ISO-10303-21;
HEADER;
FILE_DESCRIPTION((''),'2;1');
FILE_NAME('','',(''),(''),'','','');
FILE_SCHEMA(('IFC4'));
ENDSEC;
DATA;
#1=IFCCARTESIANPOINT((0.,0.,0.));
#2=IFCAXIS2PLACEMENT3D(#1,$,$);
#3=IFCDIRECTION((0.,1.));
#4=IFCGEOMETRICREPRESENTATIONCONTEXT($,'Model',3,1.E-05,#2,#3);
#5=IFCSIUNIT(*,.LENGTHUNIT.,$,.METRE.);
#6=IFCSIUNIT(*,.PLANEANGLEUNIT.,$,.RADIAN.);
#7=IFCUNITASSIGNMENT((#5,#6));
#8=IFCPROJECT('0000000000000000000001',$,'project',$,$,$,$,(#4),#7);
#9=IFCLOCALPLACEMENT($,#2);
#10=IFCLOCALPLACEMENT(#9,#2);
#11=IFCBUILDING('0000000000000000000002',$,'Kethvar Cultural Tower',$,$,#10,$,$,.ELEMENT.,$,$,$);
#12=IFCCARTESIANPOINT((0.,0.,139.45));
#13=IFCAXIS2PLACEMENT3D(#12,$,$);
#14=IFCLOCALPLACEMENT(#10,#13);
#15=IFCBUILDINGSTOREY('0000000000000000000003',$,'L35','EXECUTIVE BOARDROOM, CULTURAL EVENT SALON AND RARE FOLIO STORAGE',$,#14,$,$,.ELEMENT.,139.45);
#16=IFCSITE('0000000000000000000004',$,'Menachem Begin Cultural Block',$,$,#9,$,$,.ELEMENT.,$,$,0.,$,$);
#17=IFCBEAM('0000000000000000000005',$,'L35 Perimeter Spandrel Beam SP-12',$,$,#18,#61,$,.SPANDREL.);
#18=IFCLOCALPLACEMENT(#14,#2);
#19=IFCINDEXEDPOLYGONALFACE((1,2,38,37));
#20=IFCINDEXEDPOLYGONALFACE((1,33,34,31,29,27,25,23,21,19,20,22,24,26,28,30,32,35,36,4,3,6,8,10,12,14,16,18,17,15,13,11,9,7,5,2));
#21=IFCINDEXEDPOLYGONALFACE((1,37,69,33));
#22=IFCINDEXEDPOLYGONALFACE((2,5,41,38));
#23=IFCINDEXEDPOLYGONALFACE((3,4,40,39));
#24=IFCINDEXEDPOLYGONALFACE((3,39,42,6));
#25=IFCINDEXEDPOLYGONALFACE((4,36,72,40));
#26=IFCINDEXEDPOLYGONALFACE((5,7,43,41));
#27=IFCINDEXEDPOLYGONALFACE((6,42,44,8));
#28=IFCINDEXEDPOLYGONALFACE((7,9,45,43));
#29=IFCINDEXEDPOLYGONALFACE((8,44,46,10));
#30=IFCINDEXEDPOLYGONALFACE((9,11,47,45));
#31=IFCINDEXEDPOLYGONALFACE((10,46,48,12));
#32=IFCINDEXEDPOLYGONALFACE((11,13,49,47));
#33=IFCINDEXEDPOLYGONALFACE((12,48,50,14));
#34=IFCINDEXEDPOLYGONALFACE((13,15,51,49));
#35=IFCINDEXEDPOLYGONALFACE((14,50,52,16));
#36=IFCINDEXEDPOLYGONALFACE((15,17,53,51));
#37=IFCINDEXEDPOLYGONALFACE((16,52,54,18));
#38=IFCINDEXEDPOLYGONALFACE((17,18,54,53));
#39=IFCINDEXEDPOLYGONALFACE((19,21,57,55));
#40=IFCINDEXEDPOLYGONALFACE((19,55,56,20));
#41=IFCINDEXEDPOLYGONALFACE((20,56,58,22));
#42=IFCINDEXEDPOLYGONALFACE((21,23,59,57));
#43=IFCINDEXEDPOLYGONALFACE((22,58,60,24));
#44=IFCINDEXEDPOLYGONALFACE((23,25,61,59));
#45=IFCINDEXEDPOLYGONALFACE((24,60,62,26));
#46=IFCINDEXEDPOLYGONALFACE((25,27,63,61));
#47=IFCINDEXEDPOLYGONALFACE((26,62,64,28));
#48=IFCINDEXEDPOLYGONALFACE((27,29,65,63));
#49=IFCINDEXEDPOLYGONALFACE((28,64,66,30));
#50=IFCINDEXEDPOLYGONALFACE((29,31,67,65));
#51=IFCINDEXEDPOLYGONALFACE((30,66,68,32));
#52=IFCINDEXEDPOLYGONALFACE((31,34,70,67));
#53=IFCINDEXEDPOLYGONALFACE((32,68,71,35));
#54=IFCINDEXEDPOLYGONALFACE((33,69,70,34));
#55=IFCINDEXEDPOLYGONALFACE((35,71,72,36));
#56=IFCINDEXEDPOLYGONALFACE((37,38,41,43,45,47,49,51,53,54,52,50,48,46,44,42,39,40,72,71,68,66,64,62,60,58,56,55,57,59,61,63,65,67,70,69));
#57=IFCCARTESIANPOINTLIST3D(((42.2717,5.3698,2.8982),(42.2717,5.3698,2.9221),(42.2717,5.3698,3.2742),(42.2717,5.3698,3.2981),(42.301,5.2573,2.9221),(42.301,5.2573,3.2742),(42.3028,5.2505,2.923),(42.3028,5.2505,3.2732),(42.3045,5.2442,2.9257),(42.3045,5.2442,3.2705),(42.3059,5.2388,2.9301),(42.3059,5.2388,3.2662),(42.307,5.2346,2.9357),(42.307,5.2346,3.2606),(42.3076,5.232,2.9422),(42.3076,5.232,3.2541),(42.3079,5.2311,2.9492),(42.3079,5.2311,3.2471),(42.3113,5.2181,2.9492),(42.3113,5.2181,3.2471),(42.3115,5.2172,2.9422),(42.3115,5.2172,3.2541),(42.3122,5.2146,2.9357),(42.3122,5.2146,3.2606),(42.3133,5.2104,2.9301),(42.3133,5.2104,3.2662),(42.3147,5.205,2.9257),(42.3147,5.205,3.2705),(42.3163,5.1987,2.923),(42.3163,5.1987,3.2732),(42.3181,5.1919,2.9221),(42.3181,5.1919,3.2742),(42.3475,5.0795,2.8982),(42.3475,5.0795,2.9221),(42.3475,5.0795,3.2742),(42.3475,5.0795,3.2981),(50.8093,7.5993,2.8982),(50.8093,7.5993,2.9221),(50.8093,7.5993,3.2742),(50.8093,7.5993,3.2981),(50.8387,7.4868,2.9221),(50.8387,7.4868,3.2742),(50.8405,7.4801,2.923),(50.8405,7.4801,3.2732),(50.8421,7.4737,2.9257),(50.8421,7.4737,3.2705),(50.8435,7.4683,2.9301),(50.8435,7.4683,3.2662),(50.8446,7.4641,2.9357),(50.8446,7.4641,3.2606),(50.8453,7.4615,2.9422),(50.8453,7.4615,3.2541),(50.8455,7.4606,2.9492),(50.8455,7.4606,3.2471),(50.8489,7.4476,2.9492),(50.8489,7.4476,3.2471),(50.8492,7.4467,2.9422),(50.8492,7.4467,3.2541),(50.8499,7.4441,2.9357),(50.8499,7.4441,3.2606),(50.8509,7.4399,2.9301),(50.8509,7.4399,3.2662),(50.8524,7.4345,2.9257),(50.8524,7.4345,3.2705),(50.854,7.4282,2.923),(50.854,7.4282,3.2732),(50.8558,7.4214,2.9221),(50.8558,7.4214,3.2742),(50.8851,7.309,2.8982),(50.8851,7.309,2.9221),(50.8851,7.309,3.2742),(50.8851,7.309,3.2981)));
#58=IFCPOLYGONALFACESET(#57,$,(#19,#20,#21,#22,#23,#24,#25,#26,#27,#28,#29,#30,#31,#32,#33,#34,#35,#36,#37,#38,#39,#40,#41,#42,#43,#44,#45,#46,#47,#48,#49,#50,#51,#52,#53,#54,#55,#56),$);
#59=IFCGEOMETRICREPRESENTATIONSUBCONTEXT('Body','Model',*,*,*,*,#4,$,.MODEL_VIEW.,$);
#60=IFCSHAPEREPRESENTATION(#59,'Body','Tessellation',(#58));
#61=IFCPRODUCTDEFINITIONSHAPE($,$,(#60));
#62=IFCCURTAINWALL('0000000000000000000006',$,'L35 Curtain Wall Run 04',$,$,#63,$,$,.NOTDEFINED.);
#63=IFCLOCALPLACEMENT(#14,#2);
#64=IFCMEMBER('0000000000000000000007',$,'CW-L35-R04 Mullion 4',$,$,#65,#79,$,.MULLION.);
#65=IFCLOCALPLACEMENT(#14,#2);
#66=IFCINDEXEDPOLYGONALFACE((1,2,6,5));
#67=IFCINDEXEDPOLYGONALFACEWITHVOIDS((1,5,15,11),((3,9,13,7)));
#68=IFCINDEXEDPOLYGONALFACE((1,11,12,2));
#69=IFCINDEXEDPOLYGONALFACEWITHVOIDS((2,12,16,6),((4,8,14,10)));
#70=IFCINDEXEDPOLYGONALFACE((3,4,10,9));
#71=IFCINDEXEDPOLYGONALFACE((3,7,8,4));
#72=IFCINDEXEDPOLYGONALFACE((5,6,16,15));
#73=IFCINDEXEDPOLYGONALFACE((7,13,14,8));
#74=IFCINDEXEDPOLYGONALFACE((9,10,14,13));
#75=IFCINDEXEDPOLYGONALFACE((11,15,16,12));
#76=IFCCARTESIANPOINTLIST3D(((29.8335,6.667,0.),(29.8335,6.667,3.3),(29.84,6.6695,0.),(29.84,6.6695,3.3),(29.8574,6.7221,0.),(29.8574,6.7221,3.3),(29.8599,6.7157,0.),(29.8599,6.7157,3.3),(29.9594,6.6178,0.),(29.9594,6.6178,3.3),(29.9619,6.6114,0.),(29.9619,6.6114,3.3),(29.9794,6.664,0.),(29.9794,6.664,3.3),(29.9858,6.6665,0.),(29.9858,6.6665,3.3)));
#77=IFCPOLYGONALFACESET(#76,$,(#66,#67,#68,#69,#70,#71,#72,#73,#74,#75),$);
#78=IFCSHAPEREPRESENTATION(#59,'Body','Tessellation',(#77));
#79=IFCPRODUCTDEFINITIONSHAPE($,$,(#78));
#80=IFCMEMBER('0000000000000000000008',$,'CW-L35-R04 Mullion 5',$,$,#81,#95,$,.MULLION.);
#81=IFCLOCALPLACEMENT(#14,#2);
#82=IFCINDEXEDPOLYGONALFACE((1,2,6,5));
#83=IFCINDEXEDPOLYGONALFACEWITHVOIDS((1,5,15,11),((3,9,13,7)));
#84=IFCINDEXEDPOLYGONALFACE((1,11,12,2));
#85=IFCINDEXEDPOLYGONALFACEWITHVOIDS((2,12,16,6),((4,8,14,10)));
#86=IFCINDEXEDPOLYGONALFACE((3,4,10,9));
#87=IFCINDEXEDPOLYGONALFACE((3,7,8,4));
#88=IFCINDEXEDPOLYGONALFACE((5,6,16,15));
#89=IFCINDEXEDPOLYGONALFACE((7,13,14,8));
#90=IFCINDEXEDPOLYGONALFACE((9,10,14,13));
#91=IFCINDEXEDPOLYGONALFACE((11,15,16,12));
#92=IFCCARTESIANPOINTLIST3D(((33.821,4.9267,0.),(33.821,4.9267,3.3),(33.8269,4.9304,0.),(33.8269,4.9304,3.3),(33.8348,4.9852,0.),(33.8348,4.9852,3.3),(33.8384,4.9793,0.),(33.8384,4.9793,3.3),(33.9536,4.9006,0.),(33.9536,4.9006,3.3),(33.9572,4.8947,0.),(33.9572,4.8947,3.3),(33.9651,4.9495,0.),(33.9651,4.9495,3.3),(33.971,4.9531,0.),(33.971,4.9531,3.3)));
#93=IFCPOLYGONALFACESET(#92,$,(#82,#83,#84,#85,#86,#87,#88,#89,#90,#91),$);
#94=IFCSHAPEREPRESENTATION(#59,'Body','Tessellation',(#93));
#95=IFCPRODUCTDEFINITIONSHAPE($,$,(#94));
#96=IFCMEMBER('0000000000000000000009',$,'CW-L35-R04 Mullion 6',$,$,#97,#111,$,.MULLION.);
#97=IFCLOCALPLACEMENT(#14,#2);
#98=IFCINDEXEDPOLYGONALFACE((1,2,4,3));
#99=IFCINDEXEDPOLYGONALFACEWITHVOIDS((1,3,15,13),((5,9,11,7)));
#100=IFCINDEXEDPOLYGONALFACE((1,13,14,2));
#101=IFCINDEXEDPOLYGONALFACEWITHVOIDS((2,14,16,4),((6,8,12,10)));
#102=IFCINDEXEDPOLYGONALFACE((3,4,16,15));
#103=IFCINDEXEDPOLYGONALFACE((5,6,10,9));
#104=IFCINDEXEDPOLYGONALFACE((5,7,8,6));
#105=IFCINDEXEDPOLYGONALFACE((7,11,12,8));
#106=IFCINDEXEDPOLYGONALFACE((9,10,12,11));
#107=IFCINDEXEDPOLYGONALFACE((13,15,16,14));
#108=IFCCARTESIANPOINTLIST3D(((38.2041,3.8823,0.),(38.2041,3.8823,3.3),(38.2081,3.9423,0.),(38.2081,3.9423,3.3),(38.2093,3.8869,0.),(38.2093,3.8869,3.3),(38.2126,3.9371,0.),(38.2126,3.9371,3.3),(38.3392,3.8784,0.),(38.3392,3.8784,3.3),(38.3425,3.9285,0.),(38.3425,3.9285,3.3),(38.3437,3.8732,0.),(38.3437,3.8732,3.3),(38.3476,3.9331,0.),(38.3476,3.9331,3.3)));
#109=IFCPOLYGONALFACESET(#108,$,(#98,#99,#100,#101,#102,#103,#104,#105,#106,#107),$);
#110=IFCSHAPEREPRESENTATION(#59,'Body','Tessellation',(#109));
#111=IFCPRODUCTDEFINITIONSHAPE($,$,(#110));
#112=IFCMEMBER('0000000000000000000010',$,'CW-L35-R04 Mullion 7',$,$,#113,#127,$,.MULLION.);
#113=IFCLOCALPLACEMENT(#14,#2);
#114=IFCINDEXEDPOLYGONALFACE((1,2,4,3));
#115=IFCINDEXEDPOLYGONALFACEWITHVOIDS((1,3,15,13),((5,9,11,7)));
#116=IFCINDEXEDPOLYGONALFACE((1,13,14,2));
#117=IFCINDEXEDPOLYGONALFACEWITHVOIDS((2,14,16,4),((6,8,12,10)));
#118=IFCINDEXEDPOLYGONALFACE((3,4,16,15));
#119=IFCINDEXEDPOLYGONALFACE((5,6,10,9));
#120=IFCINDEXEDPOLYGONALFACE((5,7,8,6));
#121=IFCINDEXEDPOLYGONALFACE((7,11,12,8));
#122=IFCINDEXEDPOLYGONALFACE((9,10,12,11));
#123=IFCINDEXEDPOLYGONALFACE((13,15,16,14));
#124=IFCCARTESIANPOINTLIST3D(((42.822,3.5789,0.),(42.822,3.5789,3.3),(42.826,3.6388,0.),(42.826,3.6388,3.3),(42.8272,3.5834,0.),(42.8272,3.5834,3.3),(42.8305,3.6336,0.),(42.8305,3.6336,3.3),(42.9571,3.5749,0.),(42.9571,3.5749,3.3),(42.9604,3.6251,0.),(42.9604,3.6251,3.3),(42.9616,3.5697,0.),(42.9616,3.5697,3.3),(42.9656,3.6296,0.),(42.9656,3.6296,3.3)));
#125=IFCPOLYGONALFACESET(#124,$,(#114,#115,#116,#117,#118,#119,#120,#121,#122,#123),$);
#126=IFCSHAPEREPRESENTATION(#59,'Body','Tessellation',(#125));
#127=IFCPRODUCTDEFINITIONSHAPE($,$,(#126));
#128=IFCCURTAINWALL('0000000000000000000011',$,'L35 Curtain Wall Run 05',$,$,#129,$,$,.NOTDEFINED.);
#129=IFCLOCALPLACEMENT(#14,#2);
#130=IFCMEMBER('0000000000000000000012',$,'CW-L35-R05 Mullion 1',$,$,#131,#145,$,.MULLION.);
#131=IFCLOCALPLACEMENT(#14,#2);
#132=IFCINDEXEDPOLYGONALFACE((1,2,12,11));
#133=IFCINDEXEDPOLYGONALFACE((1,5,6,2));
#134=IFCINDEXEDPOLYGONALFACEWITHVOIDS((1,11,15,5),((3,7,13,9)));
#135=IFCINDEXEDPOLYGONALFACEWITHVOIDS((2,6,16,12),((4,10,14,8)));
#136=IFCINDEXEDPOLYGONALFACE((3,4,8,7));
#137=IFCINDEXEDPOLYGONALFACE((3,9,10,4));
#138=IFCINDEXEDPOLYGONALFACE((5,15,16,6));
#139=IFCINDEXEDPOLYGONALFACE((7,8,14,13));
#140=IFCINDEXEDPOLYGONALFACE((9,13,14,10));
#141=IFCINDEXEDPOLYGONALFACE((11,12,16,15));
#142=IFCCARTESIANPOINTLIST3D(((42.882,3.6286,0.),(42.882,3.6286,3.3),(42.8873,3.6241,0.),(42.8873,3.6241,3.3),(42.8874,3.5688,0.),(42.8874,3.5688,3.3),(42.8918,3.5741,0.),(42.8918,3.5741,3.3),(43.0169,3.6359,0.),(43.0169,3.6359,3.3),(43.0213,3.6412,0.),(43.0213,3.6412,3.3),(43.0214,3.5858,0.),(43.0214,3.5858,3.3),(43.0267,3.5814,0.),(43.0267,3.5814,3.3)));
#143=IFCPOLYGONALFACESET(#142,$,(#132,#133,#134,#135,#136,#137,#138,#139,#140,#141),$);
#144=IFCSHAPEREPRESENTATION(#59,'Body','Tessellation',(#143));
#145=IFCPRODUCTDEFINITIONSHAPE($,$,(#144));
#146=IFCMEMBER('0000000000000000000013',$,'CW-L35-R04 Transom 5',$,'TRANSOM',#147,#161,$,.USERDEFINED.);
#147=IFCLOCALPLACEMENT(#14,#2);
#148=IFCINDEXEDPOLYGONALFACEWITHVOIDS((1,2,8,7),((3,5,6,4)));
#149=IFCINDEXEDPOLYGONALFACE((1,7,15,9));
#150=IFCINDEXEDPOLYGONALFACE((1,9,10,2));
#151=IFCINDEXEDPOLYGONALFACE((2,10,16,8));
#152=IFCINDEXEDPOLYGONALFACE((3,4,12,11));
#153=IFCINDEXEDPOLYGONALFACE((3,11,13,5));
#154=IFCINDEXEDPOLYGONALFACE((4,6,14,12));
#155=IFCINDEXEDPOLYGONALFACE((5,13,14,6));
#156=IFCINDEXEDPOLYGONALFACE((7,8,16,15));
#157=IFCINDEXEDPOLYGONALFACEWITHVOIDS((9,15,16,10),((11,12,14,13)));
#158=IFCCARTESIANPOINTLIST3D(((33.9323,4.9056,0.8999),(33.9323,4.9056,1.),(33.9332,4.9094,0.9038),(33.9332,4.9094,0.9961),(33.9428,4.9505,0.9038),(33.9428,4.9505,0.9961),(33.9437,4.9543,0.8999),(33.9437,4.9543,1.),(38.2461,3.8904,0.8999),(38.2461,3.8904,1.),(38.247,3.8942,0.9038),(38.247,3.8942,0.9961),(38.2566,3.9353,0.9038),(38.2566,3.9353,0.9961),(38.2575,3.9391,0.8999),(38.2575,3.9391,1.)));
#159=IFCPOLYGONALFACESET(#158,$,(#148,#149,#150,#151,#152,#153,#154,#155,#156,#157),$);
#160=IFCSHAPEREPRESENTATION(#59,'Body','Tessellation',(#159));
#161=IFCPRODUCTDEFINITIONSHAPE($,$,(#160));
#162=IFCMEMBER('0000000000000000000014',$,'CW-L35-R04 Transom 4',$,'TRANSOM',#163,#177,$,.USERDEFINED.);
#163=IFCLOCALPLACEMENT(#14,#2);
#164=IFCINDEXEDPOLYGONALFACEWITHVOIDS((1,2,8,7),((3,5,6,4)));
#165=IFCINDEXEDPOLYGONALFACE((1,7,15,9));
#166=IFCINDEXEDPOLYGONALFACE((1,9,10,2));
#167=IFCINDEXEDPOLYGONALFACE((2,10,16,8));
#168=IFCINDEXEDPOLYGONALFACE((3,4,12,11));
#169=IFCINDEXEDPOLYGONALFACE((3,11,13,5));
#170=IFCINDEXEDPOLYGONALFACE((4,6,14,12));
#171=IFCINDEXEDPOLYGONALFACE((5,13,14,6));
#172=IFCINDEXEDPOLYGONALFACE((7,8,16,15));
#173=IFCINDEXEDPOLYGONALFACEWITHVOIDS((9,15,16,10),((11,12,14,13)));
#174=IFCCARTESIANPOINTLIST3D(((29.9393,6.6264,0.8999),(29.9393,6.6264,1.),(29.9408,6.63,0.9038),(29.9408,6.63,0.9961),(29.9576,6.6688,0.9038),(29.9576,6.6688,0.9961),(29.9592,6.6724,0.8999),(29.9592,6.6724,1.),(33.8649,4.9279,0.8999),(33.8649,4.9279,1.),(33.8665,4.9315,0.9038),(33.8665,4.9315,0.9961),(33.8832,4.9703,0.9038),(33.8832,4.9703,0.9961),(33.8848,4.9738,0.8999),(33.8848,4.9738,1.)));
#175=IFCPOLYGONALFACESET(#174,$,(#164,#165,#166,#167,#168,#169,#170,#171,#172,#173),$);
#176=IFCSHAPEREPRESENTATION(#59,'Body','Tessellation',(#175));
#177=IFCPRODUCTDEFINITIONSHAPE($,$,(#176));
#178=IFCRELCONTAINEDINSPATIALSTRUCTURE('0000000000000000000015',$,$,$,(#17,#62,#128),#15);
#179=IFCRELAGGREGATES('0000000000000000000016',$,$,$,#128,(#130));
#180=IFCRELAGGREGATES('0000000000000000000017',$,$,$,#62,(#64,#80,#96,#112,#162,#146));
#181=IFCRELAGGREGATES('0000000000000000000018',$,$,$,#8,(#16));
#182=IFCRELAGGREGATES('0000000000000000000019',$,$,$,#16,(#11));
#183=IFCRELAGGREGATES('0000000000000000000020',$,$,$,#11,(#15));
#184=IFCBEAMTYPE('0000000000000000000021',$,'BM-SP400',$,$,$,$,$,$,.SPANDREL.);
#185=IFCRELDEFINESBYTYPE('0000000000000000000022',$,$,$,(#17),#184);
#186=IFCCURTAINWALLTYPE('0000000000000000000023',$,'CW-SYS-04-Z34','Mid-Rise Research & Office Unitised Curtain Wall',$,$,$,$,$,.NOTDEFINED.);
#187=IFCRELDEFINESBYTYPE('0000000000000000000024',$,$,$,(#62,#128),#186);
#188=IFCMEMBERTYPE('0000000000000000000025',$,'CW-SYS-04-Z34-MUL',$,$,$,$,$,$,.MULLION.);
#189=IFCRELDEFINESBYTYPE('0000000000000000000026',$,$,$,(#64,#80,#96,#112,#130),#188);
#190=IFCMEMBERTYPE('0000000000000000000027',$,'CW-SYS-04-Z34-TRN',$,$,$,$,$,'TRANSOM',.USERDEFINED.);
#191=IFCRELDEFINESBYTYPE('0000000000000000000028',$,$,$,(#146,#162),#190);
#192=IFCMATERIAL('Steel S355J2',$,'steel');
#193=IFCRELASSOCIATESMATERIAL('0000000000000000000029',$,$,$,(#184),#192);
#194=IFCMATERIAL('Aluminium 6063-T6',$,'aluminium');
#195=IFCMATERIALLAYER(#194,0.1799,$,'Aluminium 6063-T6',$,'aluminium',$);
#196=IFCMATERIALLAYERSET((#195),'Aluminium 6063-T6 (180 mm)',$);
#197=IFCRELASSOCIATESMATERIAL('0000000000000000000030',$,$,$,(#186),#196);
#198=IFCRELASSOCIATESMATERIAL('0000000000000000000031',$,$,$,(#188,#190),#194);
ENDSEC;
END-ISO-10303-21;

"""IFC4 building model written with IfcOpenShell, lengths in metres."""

from ifc_helpers import new_model, si_unit, direction, frame, origin, origin_2d, place, context, subcontext, project, spatial, hollow_rectangle, i_section, extrude, source, transform, mapped, material, layer, layer_set, material_profile, profile_set, type_object, element, aggregate, save


model = new_model("IFC4")

# Units and contexts
model_context = context("Model", 3, precision=1e-05, world=origin(), true_north=direction((0.0, 1.0)))
body_context = subcontext(model_context, "Body", "Model", "MODEL_VIEW")
ifc_project = project(units=[si_unit("LENGTHUNIT", "METRE"), si_unit("PLANEANGLEUNIT", "RADIAN")], contexts=[model_context])

# Site, building, storey
site_placement = place(None, origin())
site = spatial("IfcSite", under=ifc_project, at=site_placement, Name="Menachem Begin Cultural Block", CompositionType="ELEMENT", RefElevation=0.0)
building_placement = place(site_placement, origin())
building = spatial("IfcBuilding", under=site, at=building_placement, Name="Kethvar Cultural Tower", CompositionType="ELEMENT")
storey_placement = place(building_placement, frame((0.0, 0.0, 139.45)))
storey = spatial("IfcBuildingStorey", under=building, at=storey_placement, Name="L35", Description="EXECUTIVE BOARDROOM, CULTURAL EVENT SALON AND RARE FOLIO STORAGE", CompositionType="ELEMENT", Elevation=139.45)

# Beam
ifc_material_1 = material(Name="Steel S355J2", Category="steel")
ifc_material_profile_1 = material_profile(ifc_material_1, i_section(OverallWidth=0.3, OverallDepth=0.3999, WebThickness=0.0134, FlangeThickness=0.0239, FilletRadius=0.0271, at=origin_2d()), Name="Steel S355J2 — HEB400")
ifc_profile_set_1 = profile_set([ifc_material_profile_1], Name="Steel S355J2 — HEB400")
beam_type_1 = type_object("IfcBeamType", Name="BM-SP400", PredefinedType="SPANDREL", material=ifc_profile_set_1)
shared_shape_1 = source(origin(), body_context, "Body", "SweptSolid", [
    extrude(i_section(OverallWidth=0.3, OverallDepth=0.3999, WebThickness=0.0134, FlangeThickness=0.0239, FilletRadius=0.0271, at=origin_2d()), origin(), (0.0, 0.0, 1.0), 8.824),
])
beam_1_placement = place(storey_placement, frame((42.3096, 5.2246, 3.0981), z_axis=(0.967554, 0.252665, 0.0), x_axis=(-0.252665, 0.967554, 0.0)))
element("IfcBeam", 1, at=beam_1_placement, inside=storey, type_object=beam_type_1, Name="L35 Perimeter Spandrel Beam SP-12", PredefinedType="SPANDREL", context=body_context, shape_type="MappedRepresentation", body=[
    mapped(shared_shape_1, transform((0.0, 0.0, 0.0), scale=1.0)),
])

# Curtain wall, members
ifc_material_2 = material(Name="Aluminium 6063-T6", Category="aluminium")
ifc_layer_1 = layer(ifc_material_2, 0.1799, Name="Aluminium 6063-T6", Category="aluminium")
ifc_layer_set_1 = layer_set([ifc_layer_1], Name="Aluminium 6063-T6 (180 mm)")
curtain_wall_type = type_object("IfcCurtainWallType", Name="CW-SYS-04-Z34", Description="Mid-Rise Research & Office Unitised Curtain Wall", PredefinedType="NOTDEFINED", material=ifc_layer_set_1)
curtain_wall_1_placement = place(storey_placement, origin())
curtain_wall_1 = element("IfcCurtainWall", 2, at=curtain_wall_1_placement, inside=storey, type_object=curtain_wall_type, Name="L35 Curtain Wall Run 04", PredefinedType="NOTDEFINED")
ifc_material_profile_2 = material_profile(ifc_material_2, hollow_rectangle(XDim=0.0601, YDim=0.1399, WallThickness=0.0049, at=origin_2d()), Name="Aluminium 6063-T6 — RHS140x60x5")
ifc_profile_set_2 = profile_set([ifc_material_profile_2], Name="Aluminium 6063-T6 — RHS140x60x5")
member_type_1 = type_object("IfcMemberType", Name="CW-SYS-04-Z34-MUL", PredefinedType="MULLION", material=ifc_profile_set_2)
shared_shape_2 = source(origin(), body_context, "Body", "SweptSolid", [
    extrude(hollow_rectangle(XDim=0.0601, YDim=0.1399, WallThickness=0.0049, at=origin_2d()), origin(), (0.0, 0.0, 1.0), 3.3),
])
member_1_placement = place(storey_placement, frame((29.9097, 6.6667, 0.0), z_axis=(0.0, 0.0, 1.0), x_axis=(0.397116, 0.917768, 0.0)))
member_1 = element("IfcMember", 3, at=member_1_placement, type_object=member_type_1, Name="CW-L35-R04 Mullion 4", PredefinedType="MULLION", context=body_context, shape_type="MappedRepresentation", body=[
    mapped(shared_shape_2, transform((0.0, 0.0, 0.0), scale=1.0)),
])
member_2_placement = place(storey_placement, frame((33.896, 4.9399, 0.0), z_axis=(0.0, 0.0, 1.0), x_axis=(0.229081, 0.973407, 0.0)))
member_2 = element("IfcMember", 4, at=member_2_placement, type_object=member_type_1, Name="CW-L35-R04 Mullion 5", PredefinedType="MULLION", context=body_context, shape_type="MappedRepresentation", body=[
    mapped(shared_shape_2, transform((0.0, 0.0, 0.0), scale=1.0)),
])
member_3_placement = place(storey_placement, frame((38.2759, 3.9077, 0.0), z_axis=(0.0, 0.0, 1.0), x_axis=(0.065525, 0.997851, 0.0)))
member_3 = element("IfcMember", 5, at=member_3_placement, type_object=member_type_1, Name="CW-L35-R04 Mullion 6", PredefinedType="MULLION", context=body_context, shape_type="MappedRepresentation", body=[
    mapped(shared_shape_2, transform((0.0, 0.0, 0.0), scale=1.0)),
])
member_4_placement = place(storey_placement, frame((42.8938, 3.6042, 0.0), z_axis=(0.0, 0.0, 1.0), x_axis=(0.065525, 0.997851, 0.0)))
member_4 = element("IfcMember", 6, at=member_4_placement, type_object=member_type_1, Name="CW-L35-R04 Mullion 7", PredefinedType="MULLION", context=body_context, shape_type="MappedRepresentation", body=[
    mapped(shared_shape_2, transform((0.0, 0.0, 0.0), scale=1.0)),
])

# Curtain wall, member
curtain_wall_2_placement = place(storey_placement, origin())
curtain_wall_2 = element("IfcCurtainWall", 7, at=curtain_wall_2_placement, inside=storey, type_object=curtain_wall_type, Name="L35 Curtain Wall Run 05", PredefinedType="NOTDEFINED")
member_5_placement = place(storey_placement, frame((42.9543, 3.605, 0.0), z_axis=(0.0, 0.0, 1.0), x_axis=(-0.090302, 0.995914, 0.0)))
member_5 = element("IfcMember", 8, at=member_5_placement, type_object=member_type_1, Name="CW-L35-R05 Mullion 1", PredefinedType="MULLION", context=body_context, shape_type="MappedRepresentation", body=[
    mapped(shared_shape_2, transform((0.0, 0.0, 0.0), scale=1.0)),
])

# Members
ifc_material_profile_3 = material_profile(ifc_material_2, hollow_rectangle(XDim=0.05, YDim=0.1001, WallThickness=0.0039, at=origin_2d()), Name="Aluminium 6063-T6 — RHS100x50x4")
ifc_profile_set_3 = profile_set([ifc_material_profile_3], Name="Aluminium 6063-T6 — RHS100x50x4")
member_type_2 = type_object("IfcMemberType", Name="CW-SYS-04-Z34-TRN", ElementType="TRANSOM", PredefinedType="USERDEFINED", material=ifc_profile_set_3)
shared_shape_3 = source(origin(), body_context, "Body", "SweptSolid", [
    extrude(hollow_rectangle(XDim=0.05, YDim=0.1001, WallThickness=0.0039, at=origin_2d()), origin(), (0.0, 0.0, 1.0), 4.4316),
])
member_6_placement = place(storey_placement, frame((33.938, 4.9299, 0.95), z_axis=(0.97341, -0.22907, 0.0), x_axis=(0.22907, 0.97341, 0.0)))
member_6 = element("IfcMember", 9, at=member_6_placement, type_object=member_type_2, Name="CW-L35-R04 Transom 5", ObjectType="TRANSOM", PredefinedType="USERDEFINED", context=body_context, shape_type="MappedRepresentation", body=[
    mapped(shared_shape_3, transform((0.0, 0.0, 0.0), scale=1.0)),
])
shared_shape_4 = source(origin(), body_context, "Body", "SweptSolid", [
    extrude(hollow_rectangle(XDim=0.05, YDim=0.1001, WallThickness=0.0039, at=origin_2d()), origin(), (0.0, 0.0, 1.0), 4.2773),
])
member_7_placement = place(storey_placement, frame((29.9492, 6.6494, 0.95), z_axis=(0.917776, -0.3971, 0.0), x_axis=(0.3971, 0.917776, 0.0)))
member_7 = element("IfcMember", 10, at=member_7_placement, type_object=member_type_2, Name="CW-L35-R04 Transom 4", ObjectType="TRANSOM", PredefinedType="USERDEFINED", context=body_context, shape_type="MappedRepresentation", body=[
    mapped(shared_shape_4, transform((0.0, 0.0, 0.0), scale=1.0)),
])

aggregate(curtain_wall_2, [member_5])
aggregate(curtain_wall_1, [member_1, member_2, member_3, member_4, member_7, member_6])

save(model, "model.ifc")
